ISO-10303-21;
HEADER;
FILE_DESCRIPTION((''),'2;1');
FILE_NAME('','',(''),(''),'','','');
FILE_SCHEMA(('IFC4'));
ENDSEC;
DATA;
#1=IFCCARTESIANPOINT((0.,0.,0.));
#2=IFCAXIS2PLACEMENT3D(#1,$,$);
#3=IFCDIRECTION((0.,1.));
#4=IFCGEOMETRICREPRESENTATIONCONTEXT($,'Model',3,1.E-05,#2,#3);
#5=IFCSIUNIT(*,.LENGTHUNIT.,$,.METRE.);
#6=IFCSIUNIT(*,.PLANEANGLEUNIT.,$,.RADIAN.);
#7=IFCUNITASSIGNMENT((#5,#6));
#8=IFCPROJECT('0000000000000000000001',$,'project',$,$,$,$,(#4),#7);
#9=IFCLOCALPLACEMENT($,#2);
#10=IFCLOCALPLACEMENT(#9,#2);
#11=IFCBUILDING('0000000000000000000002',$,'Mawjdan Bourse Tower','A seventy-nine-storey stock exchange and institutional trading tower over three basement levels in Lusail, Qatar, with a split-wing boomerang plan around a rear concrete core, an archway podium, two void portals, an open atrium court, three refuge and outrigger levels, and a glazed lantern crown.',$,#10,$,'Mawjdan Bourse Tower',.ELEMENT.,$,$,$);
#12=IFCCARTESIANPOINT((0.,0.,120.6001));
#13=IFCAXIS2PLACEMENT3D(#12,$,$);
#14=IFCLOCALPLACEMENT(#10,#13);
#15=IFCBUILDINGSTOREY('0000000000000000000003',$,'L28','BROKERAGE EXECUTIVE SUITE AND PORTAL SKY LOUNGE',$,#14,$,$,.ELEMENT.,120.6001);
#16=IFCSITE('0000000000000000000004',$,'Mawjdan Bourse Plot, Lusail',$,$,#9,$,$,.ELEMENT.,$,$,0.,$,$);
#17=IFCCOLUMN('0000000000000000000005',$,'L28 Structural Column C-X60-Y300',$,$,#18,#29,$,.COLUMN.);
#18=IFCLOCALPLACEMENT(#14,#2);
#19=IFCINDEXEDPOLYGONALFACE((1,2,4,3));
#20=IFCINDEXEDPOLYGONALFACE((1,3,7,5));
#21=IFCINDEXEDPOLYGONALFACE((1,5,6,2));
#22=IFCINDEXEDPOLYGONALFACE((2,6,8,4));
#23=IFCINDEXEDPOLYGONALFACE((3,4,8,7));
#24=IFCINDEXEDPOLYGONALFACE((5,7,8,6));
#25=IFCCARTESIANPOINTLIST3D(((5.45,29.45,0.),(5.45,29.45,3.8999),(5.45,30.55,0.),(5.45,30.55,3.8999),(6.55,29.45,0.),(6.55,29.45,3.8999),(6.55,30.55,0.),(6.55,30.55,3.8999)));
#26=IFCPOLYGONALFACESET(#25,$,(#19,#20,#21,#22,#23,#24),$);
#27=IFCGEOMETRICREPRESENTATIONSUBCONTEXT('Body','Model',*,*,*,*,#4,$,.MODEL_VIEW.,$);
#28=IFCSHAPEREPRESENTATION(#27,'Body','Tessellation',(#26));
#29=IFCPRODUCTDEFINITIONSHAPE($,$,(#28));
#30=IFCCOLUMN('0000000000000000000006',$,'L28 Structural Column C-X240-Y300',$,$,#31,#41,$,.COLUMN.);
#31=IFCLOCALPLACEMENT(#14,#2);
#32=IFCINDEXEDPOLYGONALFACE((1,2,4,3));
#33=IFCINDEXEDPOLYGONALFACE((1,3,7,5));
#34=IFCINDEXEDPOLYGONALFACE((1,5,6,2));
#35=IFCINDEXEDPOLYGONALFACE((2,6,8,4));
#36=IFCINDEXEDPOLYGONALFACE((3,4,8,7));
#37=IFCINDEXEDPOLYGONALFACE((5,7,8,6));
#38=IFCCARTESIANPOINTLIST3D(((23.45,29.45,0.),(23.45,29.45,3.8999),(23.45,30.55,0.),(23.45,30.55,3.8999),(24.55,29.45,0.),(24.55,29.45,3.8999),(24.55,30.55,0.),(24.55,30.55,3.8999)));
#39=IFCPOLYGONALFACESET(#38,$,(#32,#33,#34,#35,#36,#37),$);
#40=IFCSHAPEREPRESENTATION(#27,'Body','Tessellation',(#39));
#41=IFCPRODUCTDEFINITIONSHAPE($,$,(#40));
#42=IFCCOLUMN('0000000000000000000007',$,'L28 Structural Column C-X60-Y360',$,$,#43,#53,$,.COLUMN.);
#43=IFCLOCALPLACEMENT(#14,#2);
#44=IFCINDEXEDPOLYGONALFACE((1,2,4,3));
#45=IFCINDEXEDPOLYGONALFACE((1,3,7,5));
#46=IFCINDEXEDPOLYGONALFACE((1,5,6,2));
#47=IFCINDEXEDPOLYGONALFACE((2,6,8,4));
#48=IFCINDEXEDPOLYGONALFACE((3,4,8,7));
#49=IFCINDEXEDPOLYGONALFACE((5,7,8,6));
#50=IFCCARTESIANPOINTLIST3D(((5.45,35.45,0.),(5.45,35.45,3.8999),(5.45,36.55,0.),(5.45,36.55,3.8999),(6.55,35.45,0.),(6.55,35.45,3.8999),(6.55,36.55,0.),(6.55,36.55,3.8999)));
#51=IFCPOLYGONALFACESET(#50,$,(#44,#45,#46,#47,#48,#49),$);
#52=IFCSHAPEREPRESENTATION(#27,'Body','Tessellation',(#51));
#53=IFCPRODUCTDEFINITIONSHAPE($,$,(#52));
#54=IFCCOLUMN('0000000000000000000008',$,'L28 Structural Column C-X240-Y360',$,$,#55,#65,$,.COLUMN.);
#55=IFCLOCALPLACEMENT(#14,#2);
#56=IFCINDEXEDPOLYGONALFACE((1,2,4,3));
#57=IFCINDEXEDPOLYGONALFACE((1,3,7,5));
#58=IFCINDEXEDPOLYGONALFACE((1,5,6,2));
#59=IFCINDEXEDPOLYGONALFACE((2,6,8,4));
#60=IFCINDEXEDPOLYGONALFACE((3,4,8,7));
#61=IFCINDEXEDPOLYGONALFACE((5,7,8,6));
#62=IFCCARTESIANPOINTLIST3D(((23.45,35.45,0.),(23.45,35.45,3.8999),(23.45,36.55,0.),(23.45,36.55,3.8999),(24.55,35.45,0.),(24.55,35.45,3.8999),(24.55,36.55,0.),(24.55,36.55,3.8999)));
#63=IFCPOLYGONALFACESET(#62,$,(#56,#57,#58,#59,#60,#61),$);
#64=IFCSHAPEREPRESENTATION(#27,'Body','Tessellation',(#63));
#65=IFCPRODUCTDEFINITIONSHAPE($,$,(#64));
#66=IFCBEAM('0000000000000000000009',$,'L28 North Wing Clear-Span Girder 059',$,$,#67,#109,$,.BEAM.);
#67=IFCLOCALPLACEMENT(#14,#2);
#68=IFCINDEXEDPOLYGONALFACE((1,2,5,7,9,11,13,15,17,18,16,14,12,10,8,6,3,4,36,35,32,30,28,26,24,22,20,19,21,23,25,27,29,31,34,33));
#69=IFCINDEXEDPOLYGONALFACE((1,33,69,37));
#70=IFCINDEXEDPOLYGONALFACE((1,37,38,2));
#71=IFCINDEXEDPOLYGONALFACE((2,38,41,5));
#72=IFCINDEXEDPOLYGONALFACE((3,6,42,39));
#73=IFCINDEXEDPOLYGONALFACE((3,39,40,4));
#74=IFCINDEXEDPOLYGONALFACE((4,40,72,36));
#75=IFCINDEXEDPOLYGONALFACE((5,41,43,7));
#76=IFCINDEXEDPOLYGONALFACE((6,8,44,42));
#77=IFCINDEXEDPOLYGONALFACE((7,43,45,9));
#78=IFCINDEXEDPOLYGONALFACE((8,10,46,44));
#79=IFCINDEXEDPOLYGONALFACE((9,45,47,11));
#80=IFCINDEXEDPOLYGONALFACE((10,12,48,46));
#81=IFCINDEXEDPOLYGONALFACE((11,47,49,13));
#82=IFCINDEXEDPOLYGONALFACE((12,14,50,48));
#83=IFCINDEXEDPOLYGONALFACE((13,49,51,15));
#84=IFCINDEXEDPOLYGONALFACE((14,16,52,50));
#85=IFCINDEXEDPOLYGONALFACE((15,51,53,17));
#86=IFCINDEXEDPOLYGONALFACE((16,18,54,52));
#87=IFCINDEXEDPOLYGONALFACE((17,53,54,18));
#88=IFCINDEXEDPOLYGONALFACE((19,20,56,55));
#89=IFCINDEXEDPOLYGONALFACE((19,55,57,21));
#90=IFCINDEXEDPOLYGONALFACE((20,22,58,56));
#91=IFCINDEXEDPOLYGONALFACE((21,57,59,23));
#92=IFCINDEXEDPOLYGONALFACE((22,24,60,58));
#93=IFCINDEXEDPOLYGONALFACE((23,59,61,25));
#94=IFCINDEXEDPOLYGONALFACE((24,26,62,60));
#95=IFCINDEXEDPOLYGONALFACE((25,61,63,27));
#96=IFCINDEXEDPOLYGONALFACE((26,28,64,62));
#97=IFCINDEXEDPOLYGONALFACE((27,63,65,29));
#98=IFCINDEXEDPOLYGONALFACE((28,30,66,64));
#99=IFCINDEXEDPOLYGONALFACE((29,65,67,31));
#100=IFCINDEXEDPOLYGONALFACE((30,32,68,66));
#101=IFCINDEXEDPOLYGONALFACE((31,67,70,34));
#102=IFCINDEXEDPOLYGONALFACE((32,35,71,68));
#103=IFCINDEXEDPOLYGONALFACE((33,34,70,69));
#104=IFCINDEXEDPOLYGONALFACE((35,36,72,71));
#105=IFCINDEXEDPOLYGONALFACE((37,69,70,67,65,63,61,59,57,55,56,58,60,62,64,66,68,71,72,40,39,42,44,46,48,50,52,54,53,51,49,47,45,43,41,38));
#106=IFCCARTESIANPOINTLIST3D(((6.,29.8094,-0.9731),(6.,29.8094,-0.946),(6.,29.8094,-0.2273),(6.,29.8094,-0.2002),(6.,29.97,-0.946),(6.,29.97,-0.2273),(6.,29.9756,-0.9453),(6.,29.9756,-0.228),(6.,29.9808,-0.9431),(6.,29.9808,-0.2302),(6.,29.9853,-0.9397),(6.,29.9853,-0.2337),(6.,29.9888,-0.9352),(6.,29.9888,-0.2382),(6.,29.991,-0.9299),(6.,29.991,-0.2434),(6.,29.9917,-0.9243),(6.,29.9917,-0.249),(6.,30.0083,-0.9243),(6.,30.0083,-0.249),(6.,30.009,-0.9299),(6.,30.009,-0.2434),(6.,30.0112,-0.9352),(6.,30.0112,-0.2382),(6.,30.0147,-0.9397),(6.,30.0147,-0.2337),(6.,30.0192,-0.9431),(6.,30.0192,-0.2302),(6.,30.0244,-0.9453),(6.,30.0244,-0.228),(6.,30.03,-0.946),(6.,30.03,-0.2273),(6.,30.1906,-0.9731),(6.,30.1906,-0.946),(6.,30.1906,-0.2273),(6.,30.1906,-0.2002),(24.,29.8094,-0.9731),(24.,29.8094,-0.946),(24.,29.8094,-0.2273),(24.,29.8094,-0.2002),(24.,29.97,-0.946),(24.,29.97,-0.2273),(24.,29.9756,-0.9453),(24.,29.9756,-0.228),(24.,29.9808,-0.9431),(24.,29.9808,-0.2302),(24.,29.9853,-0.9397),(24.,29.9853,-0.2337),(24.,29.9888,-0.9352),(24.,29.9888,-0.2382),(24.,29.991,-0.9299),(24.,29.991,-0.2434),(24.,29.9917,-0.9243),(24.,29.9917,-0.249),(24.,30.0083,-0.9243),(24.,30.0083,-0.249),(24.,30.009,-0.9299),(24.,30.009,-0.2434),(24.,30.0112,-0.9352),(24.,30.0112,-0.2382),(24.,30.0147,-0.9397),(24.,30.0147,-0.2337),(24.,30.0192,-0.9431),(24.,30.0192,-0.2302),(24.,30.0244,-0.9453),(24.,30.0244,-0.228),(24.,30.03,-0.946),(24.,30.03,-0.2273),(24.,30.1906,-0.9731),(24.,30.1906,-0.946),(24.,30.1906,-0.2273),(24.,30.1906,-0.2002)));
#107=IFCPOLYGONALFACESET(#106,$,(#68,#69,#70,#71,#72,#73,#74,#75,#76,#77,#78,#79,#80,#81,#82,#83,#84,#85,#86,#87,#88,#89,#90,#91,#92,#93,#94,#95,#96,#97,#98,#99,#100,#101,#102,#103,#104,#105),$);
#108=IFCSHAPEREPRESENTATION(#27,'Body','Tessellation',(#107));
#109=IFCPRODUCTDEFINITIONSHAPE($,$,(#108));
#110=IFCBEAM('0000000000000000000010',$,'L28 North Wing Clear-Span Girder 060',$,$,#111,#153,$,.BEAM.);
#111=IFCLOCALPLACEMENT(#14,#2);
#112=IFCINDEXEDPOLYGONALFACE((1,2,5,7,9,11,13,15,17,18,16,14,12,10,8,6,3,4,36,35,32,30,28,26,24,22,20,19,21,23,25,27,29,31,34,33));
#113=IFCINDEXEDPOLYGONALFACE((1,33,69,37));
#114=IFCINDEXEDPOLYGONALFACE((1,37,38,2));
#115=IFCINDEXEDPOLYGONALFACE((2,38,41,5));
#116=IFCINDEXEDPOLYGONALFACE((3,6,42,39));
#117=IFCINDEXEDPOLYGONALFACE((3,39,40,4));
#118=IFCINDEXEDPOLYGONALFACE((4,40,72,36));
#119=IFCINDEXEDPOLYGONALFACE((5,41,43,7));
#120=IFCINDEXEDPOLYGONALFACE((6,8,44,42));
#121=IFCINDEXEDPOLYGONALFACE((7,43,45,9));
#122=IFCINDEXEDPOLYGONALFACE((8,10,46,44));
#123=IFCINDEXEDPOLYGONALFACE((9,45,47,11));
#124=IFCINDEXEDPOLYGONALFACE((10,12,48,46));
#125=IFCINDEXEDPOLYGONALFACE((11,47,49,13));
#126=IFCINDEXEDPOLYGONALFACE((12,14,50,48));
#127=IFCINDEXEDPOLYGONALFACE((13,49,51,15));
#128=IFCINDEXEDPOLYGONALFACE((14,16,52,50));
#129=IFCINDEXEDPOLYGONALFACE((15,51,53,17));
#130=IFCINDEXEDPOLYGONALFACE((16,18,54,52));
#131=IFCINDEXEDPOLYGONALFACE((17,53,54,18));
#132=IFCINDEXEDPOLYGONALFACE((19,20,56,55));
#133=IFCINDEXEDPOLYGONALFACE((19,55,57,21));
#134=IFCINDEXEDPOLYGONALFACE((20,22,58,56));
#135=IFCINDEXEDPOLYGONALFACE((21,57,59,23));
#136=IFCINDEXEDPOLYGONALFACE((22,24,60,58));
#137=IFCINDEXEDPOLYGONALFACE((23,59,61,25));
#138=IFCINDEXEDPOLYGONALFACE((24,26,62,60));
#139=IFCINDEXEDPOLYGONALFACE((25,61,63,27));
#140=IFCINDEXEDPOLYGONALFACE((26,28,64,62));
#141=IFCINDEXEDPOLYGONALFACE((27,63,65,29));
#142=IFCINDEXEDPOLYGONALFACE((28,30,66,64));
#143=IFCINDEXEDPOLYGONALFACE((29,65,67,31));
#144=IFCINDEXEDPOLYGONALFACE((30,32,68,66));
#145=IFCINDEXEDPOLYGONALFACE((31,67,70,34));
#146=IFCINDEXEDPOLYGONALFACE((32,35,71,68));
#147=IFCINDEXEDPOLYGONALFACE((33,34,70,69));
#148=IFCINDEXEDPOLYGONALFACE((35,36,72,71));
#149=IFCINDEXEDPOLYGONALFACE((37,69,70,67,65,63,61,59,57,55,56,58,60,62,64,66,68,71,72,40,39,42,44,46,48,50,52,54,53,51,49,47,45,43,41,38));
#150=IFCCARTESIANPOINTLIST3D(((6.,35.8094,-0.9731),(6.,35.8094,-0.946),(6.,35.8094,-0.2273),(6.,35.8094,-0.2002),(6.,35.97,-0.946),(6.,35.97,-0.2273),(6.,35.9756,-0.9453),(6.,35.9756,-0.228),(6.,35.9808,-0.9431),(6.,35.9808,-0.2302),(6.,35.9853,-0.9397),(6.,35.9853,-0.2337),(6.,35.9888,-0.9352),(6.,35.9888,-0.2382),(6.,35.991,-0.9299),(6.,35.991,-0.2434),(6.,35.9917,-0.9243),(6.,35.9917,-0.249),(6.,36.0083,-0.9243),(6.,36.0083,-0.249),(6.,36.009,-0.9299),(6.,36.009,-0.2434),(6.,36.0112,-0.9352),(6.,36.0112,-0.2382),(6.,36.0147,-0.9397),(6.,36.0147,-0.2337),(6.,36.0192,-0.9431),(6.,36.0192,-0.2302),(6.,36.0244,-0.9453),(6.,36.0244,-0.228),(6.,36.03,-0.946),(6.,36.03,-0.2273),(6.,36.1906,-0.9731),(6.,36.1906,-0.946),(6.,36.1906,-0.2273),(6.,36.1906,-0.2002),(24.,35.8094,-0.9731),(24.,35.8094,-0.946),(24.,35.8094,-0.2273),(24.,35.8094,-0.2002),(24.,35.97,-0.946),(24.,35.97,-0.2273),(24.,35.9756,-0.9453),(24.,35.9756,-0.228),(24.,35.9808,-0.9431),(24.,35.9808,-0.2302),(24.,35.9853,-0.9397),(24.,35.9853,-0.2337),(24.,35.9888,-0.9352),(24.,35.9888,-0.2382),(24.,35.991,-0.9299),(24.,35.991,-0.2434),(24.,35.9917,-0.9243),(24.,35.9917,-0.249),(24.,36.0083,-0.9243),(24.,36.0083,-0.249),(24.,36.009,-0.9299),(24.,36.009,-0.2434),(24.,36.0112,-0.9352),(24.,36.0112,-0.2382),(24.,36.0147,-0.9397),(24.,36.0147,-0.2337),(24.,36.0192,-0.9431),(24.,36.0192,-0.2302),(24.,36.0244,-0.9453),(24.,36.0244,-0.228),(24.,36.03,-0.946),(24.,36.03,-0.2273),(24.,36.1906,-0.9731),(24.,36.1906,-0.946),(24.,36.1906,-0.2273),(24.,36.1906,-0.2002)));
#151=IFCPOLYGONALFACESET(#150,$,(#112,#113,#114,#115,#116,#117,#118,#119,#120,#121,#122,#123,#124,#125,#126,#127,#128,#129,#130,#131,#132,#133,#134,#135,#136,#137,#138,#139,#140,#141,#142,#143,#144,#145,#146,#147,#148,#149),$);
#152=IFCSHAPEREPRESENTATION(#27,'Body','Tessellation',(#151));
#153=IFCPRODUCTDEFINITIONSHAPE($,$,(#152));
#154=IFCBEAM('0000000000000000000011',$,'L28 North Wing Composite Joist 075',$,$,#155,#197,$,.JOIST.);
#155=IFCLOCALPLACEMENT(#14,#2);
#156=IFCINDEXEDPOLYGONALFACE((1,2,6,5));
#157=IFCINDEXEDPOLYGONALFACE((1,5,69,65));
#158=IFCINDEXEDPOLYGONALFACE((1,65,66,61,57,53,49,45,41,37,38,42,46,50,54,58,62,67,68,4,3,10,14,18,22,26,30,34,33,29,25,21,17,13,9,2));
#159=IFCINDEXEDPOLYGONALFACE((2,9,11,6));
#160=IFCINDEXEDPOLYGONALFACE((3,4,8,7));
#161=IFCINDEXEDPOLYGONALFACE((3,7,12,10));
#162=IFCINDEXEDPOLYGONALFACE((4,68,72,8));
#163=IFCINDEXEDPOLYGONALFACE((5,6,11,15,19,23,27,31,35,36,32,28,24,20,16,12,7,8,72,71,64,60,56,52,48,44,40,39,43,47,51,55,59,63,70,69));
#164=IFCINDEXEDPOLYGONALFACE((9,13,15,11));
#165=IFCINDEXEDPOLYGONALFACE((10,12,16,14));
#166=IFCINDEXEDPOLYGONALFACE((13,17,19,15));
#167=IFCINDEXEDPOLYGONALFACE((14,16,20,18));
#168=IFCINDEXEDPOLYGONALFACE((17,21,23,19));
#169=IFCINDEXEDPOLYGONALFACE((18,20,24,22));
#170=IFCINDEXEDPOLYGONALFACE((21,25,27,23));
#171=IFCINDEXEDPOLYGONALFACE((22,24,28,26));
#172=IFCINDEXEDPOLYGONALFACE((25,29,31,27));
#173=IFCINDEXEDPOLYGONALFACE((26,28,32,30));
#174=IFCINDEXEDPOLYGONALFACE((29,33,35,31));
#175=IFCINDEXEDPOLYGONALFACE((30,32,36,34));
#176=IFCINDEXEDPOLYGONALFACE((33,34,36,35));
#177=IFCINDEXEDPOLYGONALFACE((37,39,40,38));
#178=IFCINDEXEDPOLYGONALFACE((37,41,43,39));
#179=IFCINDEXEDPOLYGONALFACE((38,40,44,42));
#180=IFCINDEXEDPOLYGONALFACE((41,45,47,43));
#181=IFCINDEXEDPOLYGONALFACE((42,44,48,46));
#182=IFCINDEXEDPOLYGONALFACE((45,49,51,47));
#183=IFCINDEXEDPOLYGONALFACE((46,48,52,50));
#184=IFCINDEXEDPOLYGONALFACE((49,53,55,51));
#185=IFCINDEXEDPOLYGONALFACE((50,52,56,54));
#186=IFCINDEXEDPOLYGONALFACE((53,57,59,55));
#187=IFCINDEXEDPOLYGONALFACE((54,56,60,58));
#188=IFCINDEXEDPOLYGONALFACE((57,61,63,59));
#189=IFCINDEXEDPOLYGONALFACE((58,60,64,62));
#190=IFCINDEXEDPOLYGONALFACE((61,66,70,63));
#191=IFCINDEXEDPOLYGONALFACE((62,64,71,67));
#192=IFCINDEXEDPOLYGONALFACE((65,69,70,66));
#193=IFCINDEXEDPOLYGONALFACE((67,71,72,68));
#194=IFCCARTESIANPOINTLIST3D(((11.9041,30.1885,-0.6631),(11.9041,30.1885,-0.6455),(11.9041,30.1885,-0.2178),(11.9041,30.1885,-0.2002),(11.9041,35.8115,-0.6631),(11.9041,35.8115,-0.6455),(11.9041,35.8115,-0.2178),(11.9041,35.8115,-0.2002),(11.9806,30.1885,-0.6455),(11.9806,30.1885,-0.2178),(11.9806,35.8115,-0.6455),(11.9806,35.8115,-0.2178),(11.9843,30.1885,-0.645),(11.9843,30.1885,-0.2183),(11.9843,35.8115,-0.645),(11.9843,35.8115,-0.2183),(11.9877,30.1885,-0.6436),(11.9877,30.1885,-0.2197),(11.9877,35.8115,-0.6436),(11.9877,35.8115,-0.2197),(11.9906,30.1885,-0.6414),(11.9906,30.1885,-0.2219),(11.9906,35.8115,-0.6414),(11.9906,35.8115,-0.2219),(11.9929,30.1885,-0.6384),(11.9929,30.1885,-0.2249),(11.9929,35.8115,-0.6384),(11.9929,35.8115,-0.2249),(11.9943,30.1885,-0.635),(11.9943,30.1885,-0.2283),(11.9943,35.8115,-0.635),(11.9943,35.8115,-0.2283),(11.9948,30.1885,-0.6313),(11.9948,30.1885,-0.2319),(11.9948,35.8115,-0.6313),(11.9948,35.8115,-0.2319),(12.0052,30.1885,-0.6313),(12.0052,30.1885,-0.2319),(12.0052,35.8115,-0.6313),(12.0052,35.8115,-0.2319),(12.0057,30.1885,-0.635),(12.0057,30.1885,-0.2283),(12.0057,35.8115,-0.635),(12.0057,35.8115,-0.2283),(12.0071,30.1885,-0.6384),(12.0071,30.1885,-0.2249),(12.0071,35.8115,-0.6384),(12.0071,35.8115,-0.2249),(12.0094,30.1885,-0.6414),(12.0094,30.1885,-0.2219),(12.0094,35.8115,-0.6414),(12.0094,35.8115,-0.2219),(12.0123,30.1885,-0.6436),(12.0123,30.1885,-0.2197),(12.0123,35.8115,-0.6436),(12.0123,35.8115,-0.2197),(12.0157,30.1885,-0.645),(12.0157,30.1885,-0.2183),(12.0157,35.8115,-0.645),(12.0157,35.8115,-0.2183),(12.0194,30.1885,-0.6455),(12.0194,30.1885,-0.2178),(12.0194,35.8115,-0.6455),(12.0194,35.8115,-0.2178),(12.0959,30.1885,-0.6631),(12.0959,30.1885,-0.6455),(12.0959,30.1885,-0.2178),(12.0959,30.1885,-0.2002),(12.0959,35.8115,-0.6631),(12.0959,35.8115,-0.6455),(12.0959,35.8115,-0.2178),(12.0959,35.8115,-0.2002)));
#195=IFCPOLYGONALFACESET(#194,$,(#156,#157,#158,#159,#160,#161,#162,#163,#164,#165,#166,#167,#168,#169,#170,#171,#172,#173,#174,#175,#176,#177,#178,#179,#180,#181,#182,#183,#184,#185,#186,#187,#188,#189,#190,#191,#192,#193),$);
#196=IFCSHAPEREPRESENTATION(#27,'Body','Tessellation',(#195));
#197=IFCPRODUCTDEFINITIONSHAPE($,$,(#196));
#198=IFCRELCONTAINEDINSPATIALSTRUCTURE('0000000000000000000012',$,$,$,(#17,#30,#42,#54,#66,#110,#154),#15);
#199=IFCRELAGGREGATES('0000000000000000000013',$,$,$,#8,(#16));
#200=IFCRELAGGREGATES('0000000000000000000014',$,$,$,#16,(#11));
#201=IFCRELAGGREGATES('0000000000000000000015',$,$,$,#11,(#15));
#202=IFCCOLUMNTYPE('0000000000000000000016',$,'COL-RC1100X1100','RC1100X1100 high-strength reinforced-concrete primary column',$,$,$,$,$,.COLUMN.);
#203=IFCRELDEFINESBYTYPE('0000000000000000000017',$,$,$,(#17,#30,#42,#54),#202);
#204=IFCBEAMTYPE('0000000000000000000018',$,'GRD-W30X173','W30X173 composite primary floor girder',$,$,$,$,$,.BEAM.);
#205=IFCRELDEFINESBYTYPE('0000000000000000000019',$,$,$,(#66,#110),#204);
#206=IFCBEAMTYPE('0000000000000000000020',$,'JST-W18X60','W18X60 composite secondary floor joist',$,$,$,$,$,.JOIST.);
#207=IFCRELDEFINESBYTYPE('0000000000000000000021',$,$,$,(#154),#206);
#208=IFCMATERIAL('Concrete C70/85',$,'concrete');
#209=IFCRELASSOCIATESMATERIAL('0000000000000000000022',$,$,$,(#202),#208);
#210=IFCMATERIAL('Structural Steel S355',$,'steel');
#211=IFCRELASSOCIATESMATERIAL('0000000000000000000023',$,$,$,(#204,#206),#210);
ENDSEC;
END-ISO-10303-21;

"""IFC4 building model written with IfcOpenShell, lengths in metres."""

from ifc_helpers import new_model, si_unit, direction, frame, origin, origin_2d, place, context, subcontext, project, spatial, rectangle, i_section, extrude, material, material_profile, profile_set, type_object, element, save


model = new_model("IFC4")

# Units and contexts
model_context = context("Model", 3, precision=1e-05, world=origin(), true_north=direction((0.0, 1.0)))
body_context = subcontext(model_context, "Body", "Model", "MODEL_VIEW")
ifc_project = project(units=[si_unit("LENGTHUNIT", "METRE"), si_unit("PLANEANGLEUNIT", "RADIAN")], contexts=[model_context])

# Site, building, storey
site_placement = place(None, origin())
site = spatial("IfcSite", under=ifc_project, at=site_placement, Name="Mawjdan Bourse Plot, Lusail", CompositionType="ELEMENT", RefElevation=0.0)
building_placement = place(site_placement, origin())
building = spatial("IfcBuilding", under=site, at=building_placement, Name="Mawjdan Bourse Tower", Description="A seventy-nine-storey stock exchange and institutional trading tower over three basement levels in Lusail, Qatar, with a split-wing boomerang plan around a rear concrete core, an archway podium, two void portals, an open atrium court, three refuge and outrigger levels, and a glazed lantern crown.", LongName="Mawjdan Bourse Tower", CompositionType="ELEMENT")
storey_placement = place(building_placement, frame((0.0, 0.0, 120.6001)))
storey = spatial("IfcBuildingStorey", under=building, at=storey_placement, Name="L28", Description="BROKERAGE EXECUTIVE SUITE AND PORTAL SKY LOUNGE", CompositionType="ELEMENT", Elevation=120.6001)

# Columns
ifc_material_1 = material(Name="Concrete C70/85", Category="concrete")
ifc_material_profile_1 = material_profile(ifc_material_1, rectangle(XDim=1.1001, YDim=1.1001, at=origin_2d()), Name="RC1100X1100")
ifc_profile_set_1 = profile_set([ifc_material_profile_1], Name="Concrete C70/85")
column_type = type_object("IfcColumnType", Name="COL-RC1100X1100", Description="RC1100X1100 high-strength reinforced-concrete primary column", PredefinedType="COLUMN", material=ifc_profile_set_1)
for number, where, z_axis, x_axis, name in (
    (1, (6.0, 30.0, 0.0), (0.0, 0.0, 1.0), (1.0, 0.0, 0.0), "L28 Structural Column C-X60-Y300"),
    (2, (24.0, 30.0, 0.0), (0.0, 0.0, 1.0), (1.0, 0.0, 0.0), "L28 Structural Column C-X240-Y300"),
    (3, (6.0, 36.0, 0.0), (0.0, 0.0, 1.0), (1.0, 0.0, 0.0), "L28 Structural Column C-X60-Y360"),
    (4, (24.0, 36.0, 0.0), (0.0, 0.0, 1.0), (1.0, 0.0, 0.0), "L28 Structural Column C-X240-Y360"),
):
    element("IfcColumn", number, at=place(storey_placement, frame(where, z_axis=z_axis, x_axis=x_axis)), inside=storey, type_object=column_type, Name=name, PredefinedType="COLUMN", context=body_context, shape_type="SweptSolid", body=[
        extrude(rectangle(XDim=1.1001, YDim=1.1001, at=origin_2d()), origin(), (0.0, 0.0, 1.0), 3.8999),
    ])

# Beams
ifc_material_2 = material(Name="Structural Steel S355", Category="steel")
ifc_material_profile_2 = material_profile(ifc_material_2, i_section(OverallWidth=0.3811, OverallDepth=0.7729, WebThickness=0.0166, FlangeThickness=0.0271, FilletRadius=0.0217, at=origin_2d()), Name="W30X173")
ifc_profile_set_2 = profile_set([ifc_material_profile_2], Name="Structural Steel S355")
beam_type_1 = type_object("IfcBeamType", Name="GRD-W30X173", Description="W30X173 composite primary floor girder", PredefinedType="BEAM", material=ifc_profile_set_2)
for number, where, z_axis, x_axis, name in (
    (5, (6.0, 30.0, -0.5867), (1.0, 0.0, 0.0), (0.0, 1.0, 0.0), "L28 North Wing Clear-Span Girder 059"),
    (6, (6.0, 36.0, -0.5867), (1.0, 0.0, 0.0), (0.0, 1.0, 0.0), "L28 North Wing Clear-Span Girder 060"),
):
    element("IfcBeam", number, at=place(storey_placement, frame(where, z_axis=z_axis, x_axis=x_axis)), inside=storey, type_object=beam_type_1, Name=name, PredefinedType="BEAM", context=body_context, shape_type="SweptSolid", body=[
        extrude(i_section(OverallWidth=0.3811, OverallDepth=0.7729, WebThickness=0.0166, FlangeThickness=0.0271, FilletRadius=0.0217, at=origin_2d()), origin(), (0.0, 0.0, 1.0), 18.0),
    ])
ifc_material_profile_3 = material_profile(ifc_material_2, i_section(OverallWidth=0.1919, OverallDepth=0.4629, WebThickness=0.0105, FlangeThickness=0.0176, FilletRadius=0.0142, at=origin_2d()), Name="W18X60")
ifc_profile_set_3 = profile_set([ifc_material_profile_3], Name="Structural Steel S355")
beam_type_2 = type_object("IfcBeamType", Name="JST-W18X60", Description="W18X60 composite secondary floor joist", PredefinedType="JOIST", material=ifc_profile_set_3)
beam_1_placement = place(storey_placement, frame((12.0, 30.1885, -0.4316), z_axis=(0.0, 1.0, 0.0), x_axis=(-1.0, 0.0, 0.0)))
element("IfcBeam", 7, at=beam_1_placement, inside=storey, type_object=beam_type_2, Name="L28 North Wing Composite Joist 075", PredefinedType="JOIST", context=body_context, shape_type="SweptSolid", body=[
    extrude(i_section(OverallWidth=0.1919, OverallDepth=0.4629, WebThickness=0.0105, FlangeThickness=0.0176, FilletRadius=0.0142, at=origin_2d()), origin(), (0.0, 0.0, 1.0), 5.623),
])

save(model, "model.ifc")
